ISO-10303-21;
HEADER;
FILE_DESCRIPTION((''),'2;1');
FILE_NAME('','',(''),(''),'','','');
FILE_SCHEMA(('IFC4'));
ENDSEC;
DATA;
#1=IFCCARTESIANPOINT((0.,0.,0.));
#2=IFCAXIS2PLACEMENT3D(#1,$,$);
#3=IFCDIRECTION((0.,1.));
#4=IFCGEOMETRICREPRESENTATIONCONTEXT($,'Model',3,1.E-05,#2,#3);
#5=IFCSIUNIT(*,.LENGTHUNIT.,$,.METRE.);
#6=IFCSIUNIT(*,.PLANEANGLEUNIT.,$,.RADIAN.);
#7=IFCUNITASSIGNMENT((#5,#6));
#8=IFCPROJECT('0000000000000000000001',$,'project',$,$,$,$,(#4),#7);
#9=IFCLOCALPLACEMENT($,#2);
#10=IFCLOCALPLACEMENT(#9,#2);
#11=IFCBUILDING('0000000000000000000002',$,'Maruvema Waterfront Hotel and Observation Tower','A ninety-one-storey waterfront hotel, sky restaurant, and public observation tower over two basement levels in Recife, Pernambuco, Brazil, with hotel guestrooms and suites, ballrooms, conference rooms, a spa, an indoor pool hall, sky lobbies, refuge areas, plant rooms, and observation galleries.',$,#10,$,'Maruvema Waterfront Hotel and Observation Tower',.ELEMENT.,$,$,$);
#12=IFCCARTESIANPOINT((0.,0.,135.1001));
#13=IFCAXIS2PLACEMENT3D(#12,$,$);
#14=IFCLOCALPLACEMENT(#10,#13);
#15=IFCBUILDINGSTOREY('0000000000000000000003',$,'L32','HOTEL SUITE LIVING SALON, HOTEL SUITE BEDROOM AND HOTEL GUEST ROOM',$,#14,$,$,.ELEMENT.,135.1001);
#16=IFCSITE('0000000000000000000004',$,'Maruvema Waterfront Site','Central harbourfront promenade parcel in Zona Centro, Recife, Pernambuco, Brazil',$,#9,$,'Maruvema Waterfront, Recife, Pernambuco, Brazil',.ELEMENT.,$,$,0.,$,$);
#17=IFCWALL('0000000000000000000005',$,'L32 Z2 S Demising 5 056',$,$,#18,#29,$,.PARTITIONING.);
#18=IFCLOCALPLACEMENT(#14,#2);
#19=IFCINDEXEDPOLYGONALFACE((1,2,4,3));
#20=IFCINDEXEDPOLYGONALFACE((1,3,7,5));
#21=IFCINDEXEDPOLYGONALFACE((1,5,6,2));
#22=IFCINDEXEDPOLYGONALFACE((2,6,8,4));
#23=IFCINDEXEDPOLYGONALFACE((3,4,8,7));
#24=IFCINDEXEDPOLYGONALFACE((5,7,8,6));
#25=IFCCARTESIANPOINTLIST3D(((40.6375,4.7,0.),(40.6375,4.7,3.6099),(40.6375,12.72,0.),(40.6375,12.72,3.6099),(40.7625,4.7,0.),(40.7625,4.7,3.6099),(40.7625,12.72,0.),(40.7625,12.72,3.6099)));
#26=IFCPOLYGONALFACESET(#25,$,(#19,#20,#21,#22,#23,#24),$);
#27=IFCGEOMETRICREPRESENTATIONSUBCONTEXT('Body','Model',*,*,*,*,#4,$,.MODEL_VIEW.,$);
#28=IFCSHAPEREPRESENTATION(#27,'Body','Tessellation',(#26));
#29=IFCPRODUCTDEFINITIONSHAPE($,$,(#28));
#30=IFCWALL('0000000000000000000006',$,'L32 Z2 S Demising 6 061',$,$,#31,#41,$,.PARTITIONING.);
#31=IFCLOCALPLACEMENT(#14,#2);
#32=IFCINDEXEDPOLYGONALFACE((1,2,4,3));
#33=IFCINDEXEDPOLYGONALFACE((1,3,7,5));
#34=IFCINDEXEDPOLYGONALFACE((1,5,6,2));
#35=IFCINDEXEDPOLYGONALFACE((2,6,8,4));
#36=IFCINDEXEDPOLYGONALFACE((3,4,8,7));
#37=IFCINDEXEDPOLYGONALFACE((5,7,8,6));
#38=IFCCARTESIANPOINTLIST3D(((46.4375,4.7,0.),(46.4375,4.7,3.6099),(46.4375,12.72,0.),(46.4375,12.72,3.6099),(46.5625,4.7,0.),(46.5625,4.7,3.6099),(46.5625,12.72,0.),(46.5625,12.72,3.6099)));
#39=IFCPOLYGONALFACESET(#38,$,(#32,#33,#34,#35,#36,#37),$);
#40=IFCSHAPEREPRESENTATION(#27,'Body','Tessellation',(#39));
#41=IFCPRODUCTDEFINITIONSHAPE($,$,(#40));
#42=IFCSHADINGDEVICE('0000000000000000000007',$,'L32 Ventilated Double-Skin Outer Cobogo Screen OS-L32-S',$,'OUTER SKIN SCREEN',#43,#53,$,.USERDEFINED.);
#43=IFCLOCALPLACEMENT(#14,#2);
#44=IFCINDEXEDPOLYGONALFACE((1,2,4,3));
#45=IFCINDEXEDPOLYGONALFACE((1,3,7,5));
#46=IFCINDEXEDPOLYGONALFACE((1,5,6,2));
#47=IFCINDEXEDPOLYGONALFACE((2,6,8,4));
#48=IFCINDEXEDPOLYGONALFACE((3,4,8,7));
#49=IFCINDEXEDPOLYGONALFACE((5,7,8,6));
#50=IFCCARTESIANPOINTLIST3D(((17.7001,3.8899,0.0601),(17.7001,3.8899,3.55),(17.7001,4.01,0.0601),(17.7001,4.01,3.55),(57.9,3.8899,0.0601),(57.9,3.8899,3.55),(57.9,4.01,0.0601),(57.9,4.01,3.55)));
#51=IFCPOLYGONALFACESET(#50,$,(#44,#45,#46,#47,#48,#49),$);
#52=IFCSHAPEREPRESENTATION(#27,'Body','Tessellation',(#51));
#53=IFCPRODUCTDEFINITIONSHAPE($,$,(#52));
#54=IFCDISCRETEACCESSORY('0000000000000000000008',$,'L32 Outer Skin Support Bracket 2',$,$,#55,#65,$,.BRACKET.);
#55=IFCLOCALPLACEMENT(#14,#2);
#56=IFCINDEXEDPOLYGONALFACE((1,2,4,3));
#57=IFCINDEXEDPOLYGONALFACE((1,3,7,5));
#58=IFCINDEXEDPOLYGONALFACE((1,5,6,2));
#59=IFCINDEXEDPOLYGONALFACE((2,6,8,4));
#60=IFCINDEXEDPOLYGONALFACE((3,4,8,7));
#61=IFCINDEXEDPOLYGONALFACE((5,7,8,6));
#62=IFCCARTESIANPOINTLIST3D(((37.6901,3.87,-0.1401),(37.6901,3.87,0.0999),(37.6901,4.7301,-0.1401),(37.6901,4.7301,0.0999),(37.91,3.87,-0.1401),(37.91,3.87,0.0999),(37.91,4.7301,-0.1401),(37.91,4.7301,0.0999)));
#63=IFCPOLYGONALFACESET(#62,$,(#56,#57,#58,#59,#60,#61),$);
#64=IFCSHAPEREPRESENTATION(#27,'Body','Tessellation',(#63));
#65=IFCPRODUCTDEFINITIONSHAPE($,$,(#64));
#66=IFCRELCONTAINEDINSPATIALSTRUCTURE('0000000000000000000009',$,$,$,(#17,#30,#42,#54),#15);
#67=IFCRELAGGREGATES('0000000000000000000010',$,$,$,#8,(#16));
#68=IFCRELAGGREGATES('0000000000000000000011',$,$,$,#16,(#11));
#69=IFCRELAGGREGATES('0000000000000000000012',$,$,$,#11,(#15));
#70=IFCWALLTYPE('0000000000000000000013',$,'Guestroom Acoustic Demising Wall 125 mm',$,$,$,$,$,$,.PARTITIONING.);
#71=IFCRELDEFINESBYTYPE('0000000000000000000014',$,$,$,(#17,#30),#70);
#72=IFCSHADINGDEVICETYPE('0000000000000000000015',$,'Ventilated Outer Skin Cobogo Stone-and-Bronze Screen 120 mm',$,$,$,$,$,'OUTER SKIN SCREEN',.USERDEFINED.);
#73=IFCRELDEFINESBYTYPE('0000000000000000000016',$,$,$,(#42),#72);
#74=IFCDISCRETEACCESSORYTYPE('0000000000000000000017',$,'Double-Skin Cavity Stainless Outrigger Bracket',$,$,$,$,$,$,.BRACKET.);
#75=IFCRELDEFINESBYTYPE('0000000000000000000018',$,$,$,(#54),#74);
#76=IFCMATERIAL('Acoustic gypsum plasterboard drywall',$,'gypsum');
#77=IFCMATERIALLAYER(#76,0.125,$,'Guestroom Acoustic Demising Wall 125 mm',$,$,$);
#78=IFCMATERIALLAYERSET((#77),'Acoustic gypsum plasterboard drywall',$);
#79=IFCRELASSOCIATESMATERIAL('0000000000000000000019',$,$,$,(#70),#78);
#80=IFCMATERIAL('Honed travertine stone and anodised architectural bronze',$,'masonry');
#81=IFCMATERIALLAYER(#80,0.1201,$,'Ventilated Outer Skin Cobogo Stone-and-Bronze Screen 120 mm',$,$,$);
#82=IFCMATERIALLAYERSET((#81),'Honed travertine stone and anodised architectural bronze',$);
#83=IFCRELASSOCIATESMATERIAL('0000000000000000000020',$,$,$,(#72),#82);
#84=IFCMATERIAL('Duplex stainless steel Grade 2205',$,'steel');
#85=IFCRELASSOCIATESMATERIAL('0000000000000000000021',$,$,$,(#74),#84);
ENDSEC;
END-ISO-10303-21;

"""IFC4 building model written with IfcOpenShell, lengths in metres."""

from ifc_helpers import new_model, si_unit, direction, frame, frame_2d, origin, origin_2d, place, context, subcontext, project, spatial, rectangle, extrude, material, layer, layer_set, type_object, element, save


model = new_model("IFC4")

# Units and contexts
model_context = context("Model", 3, precision=1e-05, world=origin(), true_north=direction((0.0, 1.0)))
body_context = subcontext(model_context, "Body", "Model", "MODEL_VIEW")
ifc_project = project(units=[si_unit("LENGTHUNIT", "METRE"), si_unit("PLANEANGLEUNIT", "RADIAN")], contexts=[model_context])

# Site, building, storey
site_placement = place(None, origin())
site = spatial("IfcSite", under=ifc_project, at=site_placement, Name="Maruvema Waterfront Site", Description="Central harbourfront promenade parcel in Zona Centro, Recife, Pernambuco, Brazil", LongName="Maruvema Waterfront, Recife, Pernambuco, Brazil", CompositionType="ELEMENT", RefElevation=0.0)
building_placement = place(site_placement, origin())
building = spatial("IfcBuilding", under=site, at=building_placement, Name="Maruvema Waterfront Hotel and Observation Tower", Description="A ninety-one-storey waterfront hotel, sky restaurant, and public observation tower over two basement levels in Recife, Pernambuco, Brazil, with hotel guestrooms and suites, ballrooms, conference rooms, a spa, an indoor pool hall, sky lobbies, refuge areas, plant rooms, and observation galleries.", LongName="Maruvema Waterfront Hotel and Observation Tower", CompositionType="ELEMENT")
storey_placement = place(building_placement, frame((0.0, 0.0, 135.1001)))
storey = spatial("IfcBuildingStorey", under=building, at=storey_placement, Name="L32", Description="HOTEL SUITE LIVING SALON, HOTEL SUITE BEDROOM AND HOTEL GUEST ROOM", CompositionType="ELEMENT", Elevation=135.1001)

# Walls
ifc_material_1 = material(Name="Acoustic gypsum plasterboard drywall", Category="gypsum")
ifc_layer_1 = layer(ifc_material_1, 0.125, Name="Guestroom Acoustic Demising Wall 125 mm")
ifc_layer_set_1 = layer_set([ifc_layer_1], Name="Acoustic gypsum plasterboard drywall")
wall_type_1 = type_object("IfcWallType", Name="Guestroom Acoustic Demising Wall 125 mm", PredefinedType="PARTITIONING", material=ifc_layer_set_1)
for number, where, z_axis, x_axis, name in (
    (1, (40.7, 4.7, 0.0), (0.0, 0.0, 1.0), (0.0, 1.0, 0.0), "L32 Z2 S Demising 5 056"),
    (2, (46.5, 4.7, 0.0), (0.0, 0.0, 1.0), (0.0, 1.0, 0.0), "L32 Z2 S Demising 6 061"),
):
    element("IfcWall", number, at=place(storey_placement, frame(where, z_axis=z_axis, x_axis=x_axis)), inside=storey, type_object=wall_type_1, Name=name, PredefinedType="PARTITIONING", context=body_context, shape_type="SweptSolid", body=[
        extrude(rectangle(XDim=8.02, YDim=0.125, at=frame_2d((4.01, 0.0))), origin(), (0.0, 0.0, 1.0), 3.6099),
    ])

# Shading device
ifc_material_2 = material(Name="Honed travertine stone and anodised architectural bronze", Category="masonry")
ifc_layer_2 = layer(ifc_material_2, 0.1201, Name="Ventilated Outer Skin Cobogo Stone-and-Bronze Screen 120 mm")
ifc_layer_set_2 = layer_set([ifc_layer_2], Name="Honed travertine stone and anodised architectural bronze")
shading_device_type = type_object("IfcShadingDeviceType", Name="Ventilated Outer Skin Cobogo Stone-and-Bronze Screen 120 mm", ElementType="OUTER SKIN SCREEN", PredefinedType="USERDEFINED", material=ifc_layer_set_2)
shading_device_placement = place(storey_placement, frame((37.8, 3.95, 0.0601), z_axis=(0.0, 0.0, 1.0), x_axis=(1.0, 0.0, 0.0)))
element("IfcShadingDevice", 3, at=shading_device_placement, inside=storey, type_object=shading_device_type, Name="L32 Ventilated Double-Skin Outer Cobogo Screen OS-L32-S", ObjectType="OUTER SKIN SCREEN", PredefinedType="USERDEFINED", context=body_context, shape_type="SweptSolid", body=[
    extrude(rectangle(XDim=40.2, YDim=0.1201, at=origin_2d()), origin(), (0.0, 0.0, 1.0), 3.49),
])

# Discrete accessory
ifc_material_3 = material(Name="Duplex stainless steel Grade 2205", Category="steel")
discrete_accessory_type = type_object("IfcDiscreteAccessoryType", Name="Double-Skin Cavity Stainless Outrigger Bracket", PredefinedType="BRACKET", material=ifc_material_3)
discrete_accessory_placement = place(storey_placement, frame((37.8, 4.3, -0.1401), z_axis=(0.0, 0.0, 1.0), x_axis=(1.0, 0.0, 0.0)))
element("IfcDiscreteAccessory", 4, at=discrete_accessory_placement, inside=storey, type_object=discrete_accessory_type, Name="L32 Outer Skin Support Bracket 2", PredefinedType="BRACKET", context=body_context, shape_type="SweptSolid", body=[
    extrude(rectangle(XDim=0.22, YDim=0.8601, at=origin_2d()), origin(), (0.0, 0.0, 1.0), 0.24),
])

save(model, "model.ifc")
